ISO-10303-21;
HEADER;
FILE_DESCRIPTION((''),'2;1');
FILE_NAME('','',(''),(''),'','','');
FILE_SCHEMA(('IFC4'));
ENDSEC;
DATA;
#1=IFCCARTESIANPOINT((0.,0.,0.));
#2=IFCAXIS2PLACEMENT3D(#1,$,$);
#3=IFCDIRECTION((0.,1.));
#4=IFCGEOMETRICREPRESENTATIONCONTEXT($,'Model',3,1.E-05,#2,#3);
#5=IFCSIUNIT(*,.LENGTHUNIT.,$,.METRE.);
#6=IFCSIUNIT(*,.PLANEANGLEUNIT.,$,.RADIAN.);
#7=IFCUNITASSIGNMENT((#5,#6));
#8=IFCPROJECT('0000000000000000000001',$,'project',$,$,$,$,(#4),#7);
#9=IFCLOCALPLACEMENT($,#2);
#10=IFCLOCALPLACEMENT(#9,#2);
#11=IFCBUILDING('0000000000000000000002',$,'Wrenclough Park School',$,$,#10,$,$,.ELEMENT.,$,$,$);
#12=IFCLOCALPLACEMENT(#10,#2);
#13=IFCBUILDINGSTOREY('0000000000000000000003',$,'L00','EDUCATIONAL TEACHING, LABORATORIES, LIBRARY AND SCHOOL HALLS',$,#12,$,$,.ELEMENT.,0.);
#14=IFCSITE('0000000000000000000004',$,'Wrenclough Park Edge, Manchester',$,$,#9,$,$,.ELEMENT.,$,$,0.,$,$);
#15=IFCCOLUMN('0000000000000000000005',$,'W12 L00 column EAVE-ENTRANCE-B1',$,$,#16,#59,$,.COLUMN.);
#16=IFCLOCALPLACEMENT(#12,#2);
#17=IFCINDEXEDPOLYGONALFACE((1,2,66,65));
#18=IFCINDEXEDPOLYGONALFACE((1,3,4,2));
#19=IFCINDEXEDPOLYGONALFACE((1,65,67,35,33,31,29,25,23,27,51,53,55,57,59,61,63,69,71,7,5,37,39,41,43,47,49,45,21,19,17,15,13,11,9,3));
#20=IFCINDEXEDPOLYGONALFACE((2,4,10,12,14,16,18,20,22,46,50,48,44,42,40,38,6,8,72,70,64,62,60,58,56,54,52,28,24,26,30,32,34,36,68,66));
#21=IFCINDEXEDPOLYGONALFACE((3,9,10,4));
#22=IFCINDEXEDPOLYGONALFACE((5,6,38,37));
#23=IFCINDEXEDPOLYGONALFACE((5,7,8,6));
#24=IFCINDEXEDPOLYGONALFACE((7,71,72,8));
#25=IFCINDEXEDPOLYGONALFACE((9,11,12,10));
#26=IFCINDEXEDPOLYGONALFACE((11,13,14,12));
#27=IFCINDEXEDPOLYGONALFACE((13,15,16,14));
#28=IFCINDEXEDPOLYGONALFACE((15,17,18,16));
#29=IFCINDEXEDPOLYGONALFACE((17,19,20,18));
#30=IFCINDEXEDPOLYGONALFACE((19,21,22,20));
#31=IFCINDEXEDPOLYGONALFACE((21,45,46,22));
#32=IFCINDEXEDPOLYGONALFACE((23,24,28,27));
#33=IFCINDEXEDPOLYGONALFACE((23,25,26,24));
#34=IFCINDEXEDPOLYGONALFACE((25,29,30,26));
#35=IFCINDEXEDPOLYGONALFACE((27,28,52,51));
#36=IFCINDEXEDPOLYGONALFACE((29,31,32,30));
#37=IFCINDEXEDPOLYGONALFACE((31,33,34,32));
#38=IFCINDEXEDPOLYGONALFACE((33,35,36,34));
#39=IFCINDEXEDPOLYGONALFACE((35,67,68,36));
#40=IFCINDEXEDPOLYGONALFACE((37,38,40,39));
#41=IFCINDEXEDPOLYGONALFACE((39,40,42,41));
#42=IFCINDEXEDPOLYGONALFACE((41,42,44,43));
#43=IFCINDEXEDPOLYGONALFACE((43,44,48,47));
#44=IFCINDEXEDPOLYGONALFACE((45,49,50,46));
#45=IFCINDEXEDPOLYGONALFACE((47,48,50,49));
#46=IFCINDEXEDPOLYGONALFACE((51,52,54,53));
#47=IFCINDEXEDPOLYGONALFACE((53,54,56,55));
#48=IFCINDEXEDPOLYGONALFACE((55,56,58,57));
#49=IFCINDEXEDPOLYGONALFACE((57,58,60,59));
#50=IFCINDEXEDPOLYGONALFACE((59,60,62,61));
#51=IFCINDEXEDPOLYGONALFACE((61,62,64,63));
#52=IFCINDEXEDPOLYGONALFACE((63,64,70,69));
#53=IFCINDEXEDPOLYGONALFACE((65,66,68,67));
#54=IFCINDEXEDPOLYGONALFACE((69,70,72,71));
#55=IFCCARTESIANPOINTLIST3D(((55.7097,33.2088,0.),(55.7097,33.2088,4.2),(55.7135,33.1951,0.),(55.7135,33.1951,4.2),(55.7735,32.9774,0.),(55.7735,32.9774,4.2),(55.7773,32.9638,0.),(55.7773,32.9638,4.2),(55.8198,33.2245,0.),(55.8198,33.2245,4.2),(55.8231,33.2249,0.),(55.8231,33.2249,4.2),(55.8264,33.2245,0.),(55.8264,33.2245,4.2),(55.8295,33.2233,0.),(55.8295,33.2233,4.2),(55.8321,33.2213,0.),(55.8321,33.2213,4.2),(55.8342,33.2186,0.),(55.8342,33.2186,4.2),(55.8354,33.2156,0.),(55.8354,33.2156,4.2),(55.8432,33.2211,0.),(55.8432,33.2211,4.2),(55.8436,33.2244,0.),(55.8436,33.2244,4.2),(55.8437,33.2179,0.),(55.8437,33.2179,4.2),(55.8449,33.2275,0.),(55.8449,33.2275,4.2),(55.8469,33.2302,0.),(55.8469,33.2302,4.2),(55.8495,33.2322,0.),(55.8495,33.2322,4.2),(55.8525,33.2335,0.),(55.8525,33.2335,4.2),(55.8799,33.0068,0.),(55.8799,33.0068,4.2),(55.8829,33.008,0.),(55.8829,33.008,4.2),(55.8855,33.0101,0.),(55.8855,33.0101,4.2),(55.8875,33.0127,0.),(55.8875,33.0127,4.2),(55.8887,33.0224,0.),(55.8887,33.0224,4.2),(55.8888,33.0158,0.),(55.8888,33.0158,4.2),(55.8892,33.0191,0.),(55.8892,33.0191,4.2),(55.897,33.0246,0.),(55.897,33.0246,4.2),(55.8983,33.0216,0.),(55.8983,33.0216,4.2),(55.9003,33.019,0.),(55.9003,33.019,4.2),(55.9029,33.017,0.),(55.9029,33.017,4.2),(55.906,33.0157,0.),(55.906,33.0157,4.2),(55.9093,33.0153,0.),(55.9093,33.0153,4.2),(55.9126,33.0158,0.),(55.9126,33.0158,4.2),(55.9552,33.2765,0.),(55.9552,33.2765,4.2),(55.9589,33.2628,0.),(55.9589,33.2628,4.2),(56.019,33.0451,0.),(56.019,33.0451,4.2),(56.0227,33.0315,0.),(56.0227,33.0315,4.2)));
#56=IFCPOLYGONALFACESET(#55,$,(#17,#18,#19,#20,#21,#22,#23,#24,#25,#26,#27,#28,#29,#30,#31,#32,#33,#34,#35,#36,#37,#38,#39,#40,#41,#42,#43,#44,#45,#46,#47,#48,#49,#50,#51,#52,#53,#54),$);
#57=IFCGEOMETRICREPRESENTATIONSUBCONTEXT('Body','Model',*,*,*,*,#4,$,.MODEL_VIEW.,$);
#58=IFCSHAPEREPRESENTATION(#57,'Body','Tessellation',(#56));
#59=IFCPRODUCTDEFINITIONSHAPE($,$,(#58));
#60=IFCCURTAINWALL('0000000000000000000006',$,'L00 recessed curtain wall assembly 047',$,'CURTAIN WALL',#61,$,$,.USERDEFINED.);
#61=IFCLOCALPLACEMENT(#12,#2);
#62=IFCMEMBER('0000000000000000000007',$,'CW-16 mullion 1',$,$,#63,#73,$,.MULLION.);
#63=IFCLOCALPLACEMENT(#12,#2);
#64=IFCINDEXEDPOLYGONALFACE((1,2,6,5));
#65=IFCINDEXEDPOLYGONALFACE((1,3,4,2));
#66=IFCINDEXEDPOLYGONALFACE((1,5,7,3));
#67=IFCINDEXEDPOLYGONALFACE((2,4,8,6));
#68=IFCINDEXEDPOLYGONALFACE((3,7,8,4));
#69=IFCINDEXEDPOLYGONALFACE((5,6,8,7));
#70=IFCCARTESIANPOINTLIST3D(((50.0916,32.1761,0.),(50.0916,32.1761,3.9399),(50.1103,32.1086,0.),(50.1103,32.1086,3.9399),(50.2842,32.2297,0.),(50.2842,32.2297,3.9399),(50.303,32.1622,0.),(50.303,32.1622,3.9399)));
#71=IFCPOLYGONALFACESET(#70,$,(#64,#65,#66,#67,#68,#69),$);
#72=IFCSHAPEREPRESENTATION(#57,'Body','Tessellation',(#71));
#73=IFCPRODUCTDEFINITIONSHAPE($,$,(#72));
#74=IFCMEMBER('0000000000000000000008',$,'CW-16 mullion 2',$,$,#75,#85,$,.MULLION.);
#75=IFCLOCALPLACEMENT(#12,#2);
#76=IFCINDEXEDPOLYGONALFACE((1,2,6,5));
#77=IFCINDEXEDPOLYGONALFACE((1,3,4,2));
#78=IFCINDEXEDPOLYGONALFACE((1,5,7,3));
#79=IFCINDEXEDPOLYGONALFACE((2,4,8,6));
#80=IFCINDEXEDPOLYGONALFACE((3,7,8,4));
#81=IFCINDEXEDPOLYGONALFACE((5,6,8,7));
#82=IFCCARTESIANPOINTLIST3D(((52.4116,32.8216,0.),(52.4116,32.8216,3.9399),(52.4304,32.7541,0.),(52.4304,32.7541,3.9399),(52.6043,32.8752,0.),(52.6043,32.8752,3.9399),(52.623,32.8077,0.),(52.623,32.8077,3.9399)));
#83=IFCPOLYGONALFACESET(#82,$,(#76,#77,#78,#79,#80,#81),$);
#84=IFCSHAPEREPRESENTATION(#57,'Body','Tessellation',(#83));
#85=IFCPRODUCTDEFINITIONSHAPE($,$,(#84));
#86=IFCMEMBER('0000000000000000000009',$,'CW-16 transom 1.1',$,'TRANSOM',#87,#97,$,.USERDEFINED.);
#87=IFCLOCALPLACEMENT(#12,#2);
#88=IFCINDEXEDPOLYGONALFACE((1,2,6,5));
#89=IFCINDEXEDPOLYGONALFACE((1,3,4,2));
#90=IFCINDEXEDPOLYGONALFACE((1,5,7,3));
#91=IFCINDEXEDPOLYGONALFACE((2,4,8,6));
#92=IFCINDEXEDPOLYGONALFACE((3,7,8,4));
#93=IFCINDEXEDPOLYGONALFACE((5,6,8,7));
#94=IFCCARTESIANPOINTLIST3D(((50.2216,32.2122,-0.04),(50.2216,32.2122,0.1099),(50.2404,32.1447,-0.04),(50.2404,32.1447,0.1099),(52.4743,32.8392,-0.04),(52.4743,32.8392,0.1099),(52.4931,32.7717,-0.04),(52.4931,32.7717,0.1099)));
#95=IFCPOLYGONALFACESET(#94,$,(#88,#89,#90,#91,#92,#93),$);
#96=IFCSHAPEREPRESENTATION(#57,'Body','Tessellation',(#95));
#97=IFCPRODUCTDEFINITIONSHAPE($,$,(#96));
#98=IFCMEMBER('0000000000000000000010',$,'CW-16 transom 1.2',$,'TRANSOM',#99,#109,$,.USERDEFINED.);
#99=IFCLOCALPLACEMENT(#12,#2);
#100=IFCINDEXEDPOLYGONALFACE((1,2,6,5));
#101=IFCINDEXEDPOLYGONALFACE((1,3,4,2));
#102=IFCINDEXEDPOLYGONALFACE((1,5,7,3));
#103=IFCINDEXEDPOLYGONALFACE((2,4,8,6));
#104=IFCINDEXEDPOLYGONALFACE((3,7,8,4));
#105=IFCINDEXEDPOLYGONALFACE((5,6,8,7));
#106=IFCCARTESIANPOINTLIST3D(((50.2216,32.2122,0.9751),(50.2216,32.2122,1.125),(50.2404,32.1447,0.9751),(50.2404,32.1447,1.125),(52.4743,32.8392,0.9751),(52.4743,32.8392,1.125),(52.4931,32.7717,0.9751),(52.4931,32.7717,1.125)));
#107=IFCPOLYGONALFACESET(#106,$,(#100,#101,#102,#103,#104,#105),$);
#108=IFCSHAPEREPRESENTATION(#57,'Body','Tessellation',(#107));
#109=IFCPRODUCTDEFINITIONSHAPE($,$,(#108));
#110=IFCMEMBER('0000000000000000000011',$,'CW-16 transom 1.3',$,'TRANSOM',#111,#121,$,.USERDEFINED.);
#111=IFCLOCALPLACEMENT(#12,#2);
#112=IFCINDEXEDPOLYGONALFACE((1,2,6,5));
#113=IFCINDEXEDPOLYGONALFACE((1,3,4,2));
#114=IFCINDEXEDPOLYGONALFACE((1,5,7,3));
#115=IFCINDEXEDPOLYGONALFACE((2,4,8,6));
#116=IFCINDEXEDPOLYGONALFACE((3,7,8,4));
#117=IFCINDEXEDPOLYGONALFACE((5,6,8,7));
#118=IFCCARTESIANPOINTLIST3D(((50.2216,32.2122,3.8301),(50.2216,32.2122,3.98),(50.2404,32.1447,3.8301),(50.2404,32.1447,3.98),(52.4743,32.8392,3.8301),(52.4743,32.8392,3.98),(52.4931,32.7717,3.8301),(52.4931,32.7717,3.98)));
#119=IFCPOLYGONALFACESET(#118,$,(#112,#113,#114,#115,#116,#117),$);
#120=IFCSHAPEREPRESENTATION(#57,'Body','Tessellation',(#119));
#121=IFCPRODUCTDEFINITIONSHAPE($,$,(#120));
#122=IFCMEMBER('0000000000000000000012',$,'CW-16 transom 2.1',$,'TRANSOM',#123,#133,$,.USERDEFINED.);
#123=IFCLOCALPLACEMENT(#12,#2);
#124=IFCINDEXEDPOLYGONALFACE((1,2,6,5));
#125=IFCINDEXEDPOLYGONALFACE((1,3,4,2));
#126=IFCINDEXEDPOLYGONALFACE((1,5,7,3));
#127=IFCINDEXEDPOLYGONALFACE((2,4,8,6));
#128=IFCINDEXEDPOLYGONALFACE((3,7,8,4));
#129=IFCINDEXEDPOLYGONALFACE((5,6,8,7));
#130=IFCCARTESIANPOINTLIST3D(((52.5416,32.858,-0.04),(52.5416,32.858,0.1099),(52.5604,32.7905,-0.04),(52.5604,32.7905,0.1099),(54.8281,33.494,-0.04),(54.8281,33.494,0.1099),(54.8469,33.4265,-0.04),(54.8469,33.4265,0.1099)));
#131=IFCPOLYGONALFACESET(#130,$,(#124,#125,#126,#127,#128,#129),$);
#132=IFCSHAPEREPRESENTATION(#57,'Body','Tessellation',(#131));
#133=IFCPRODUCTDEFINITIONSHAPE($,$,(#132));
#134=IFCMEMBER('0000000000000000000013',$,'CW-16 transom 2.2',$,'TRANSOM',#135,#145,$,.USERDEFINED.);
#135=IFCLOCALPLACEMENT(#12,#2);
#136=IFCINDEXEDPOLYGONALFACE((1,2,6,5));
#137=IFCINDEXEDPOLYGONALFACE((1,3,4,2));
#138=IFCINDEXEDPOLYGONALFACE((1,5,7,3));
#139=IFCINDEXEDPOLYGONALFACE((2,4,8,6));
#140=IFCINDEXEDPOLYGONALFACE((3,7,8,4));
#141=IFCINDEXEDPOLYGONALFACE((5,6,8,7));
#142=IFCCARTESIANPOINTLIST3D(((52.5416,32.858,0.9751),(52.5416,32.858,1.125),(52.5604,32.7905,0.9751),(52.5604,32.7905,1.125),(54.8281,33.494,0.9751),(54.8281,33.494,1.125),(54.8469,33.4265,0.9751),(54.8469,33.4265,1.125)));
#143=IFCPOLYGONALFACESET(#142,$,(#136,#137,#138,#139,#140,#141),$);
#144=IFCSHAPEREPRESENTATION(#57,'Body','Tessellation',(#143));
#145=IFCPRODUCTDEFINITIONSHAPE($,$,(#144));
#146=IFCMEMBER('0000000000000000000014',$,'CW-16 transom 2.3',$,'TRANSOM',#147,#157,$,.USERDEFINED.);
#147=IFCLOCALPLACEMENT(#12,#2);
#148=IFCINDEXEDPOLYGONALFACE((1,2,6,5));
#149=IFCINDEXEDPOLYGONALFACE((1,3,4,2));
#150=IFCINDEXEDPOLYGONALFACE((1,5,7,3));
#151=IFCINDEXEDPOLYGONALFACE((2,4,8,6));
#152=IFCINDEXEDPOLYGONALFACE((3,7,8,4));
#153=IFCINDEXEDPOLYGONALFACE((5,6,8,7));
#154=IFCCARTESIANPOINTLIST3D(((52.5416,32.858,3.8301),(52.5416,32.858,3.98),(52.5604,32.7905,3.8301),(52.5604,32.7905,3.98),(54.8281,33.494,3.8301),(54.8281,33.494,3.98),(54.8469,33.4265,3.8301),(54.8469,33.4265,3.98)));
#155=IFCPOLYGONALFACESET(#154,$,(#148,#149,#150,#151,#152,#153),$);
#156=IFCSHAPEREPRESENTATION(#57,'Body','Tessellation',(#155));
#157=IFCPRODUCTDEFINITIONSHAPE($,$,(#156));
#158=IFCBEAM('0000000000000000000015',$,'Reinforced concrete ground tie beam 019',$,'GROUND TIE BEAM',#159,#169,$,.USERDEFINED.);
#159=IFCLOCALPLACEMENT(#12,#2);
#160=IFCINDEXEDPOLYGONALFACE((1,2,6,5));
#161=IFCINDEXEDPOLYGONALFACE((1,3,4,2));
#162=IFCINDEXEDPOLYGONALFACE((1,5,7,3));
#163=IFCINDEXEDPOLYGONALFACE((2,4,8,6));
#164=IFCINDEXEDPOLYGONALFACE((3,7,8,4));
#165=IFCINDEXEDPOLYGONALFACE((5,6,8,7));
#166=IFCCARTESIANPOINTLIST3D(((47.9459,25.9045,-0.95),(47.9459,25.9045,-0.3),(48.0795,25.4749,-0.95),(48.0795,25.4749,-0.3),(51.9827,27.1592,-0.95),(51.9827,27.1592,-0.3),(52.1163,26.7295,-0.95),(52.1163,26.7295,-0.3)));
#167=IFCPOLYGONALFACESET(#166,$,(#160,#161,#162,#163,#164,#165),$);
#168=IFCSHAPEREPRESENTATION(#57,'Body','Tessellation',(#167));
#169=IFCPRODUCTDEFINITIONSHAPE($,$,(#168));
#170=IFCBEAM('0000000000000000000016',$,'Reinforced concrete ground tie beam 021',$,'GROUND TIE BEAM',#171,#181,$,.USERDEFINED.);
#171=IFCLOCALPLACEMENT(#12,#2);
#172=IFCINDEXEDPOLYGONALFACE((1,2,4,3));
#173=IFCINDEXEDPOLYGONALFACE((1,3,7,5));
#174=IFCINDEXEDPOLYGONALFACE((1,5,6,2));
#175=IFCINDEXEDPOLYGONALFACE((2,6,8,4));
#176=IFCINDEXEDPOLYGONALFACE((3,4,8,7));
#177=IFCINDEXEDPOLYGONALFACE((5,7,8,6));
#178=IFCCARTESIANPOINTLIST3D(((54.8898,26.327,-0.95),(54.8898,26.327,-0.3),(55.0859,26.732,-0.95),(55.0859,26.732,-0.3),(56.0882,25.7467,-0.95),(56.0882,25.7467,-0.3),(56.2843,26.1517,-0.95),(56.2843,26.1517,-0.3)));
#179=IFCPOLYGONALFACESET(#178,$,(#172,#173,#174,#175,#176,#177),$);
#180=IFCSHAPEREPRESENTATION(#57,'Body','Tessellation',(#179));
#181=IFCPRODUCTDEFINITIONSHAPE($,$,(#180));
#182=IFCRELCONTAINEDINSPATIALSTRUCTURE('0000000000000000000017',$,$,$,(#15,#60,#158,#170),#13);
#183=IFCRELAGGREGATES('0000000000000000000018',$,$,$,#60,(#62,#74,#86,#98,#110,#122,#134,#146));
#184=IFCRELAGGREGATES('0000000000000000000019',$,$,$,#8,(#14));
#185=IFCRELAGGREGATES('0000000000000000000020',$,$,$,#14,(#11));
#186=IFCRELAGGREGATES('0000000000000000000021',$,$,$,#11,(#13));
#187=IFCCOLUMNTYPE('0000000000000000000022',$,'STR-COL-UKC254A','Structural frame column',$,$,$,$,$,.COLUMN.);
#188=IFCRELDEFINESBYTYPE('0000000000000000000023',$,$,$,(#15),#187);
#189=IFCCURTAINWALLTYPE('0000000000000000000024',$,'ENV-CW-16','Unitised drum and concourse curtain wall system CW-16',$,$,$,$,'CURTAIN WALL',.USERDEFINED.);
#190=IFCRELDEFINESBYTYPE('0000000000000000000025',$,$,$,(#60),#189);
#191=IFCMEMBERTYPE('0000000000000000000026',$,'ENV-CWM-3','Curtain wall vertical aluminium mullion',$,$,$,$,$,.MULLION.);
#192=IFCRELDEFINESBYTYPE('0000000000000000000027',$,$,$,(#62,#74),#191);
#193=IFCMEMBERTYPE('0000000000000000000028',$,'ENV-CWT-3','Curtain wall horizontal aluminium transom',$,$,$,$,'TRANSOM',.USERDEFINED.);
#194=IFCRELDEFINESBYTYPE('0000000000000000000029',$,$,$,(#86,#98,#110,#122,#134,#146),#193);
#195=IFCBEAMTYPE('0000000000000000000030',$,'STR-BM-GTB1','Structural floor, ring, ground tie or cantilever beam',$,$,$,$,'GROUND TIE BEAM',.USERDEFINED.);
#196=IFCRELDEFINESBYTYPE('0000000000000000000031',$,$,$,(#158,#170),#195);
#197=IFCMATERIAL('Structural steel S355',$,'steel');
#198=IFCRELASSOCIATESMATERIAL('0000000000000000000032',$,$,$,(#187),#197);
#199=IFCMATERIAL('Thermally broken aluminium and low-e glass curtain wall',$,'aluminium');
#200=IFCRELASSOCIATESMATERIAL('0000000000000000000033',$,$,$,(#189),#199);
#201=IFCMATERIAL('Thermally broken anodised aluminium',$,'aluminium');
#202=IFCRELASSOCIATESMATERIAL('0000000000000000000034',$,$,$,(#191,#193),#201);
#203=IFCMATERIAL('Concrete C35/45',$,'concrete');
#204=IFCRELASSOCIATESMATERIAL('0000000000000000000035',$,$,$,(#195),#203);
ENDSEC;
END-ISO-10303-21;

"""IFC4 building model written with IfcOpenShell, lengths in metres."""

from ifc_helpers import new_model, si_unit, direction, frame, origin, origin_2d, place, context, subcontext, project, spatial, rectangle, i_section, extrude, material, material_profile, profile_set, type_object, element, aggregate, save


model = new_model("IFC4")

# Units and contexts
model_context = context("Model", 3, precision=1e-05, world=origin(), true_north=direction((0.0, 1.0)))
body_context = subcontext(model_context, "Body", "Model", "MODEL_VIEW")
ifc_project = project(units=[si_unit("LENGTHUNIT", "METRE"), si_unit("PLANEANGLEUNIT", "RADIAN")], contexts=[model_context])

# Site, building, storey
site_placement = place(None, origin())
site = spatial("IfcSite", under=ifc_project, at=site_placement, Name="Wrenclough Park Edge, Manchester", CompositionType="ELEMENT", RefElevation=0.0)
building_placement = place(site_placement, origin())
building = spatial("IfcBuilding", under=site, at=building_placement, Name="Wrenclough Park School", CompositionType="ELEMENT")
storey_placement = place(building_placement, origin())
storey = spatial("IfcBuildingStorey", under=building, at=storey_placement, Name="L00", Description="EDUCATIONAL TEACHING, LABORATORIES, LIBRARY AND SCHOOL HALLS", CompositionType="ELEMENT", Elevation=0.0)

# Shared definitions
ifc_material_1 = material(Name="Concrete C35/45", Category="concrete")

# Column
ifc_material_2 = material(Name="Structural steel S355", Category="steel")
ifc_material_profile_1 = material_profile(ifc_material_2, i_section(OverallWidth=0.2546, OverallDepth=0.2542, WebThickness=0.0085, FlangeThickness=0.0142, FilletRadius=0.0127, at=origin_2d()), Name="UKC 254x254x73")
ifc_profile_set_1 = profile_set([ifc_material_profile_1], Name="Structural steel S355")
column_type_1 = type_object("IfcColumnType", Name="STR-COL-UKC254A", Description="Structural frame column", PredefinedType="COLUMN", material=ifc_profile_set_1)
column_1_placement = place(storey_placement, frame((55.8662, 33.1201, 0.0), z_axis=(0.0, 0.0, 1.0), x_axis=(0.964003, 0.265893, 0.0)))
element("IfcColumn", 1, at=column_1_placement, inside=storey, type_object=column_type_1, Name="W12 L00 column EAVE-ENTRANCE-B1", PredefinedType="COLUMN", context=body_context, shape_type="SweptSolid", body=[
    extrude(i_section(OverallWidth=0.2546, OverallDepth=0.2542, WebThickness=0.0085, FlangeThickness=0.0142, FilletRadius=0.0127, at=origin_2d()), origin(), (0.0, 0.0, 1.0), 4.2),
])

# Curtain wall, members
ifc_material_3 = material(Name="Thermally broken aluminium and low-e glass curtain wall", Category="aluminium")
curtain_wall_type = type_object("IfcCurtainWallType", Name="ENV-CW-16", Description="Unitised drum and concourse curtain wall system CW-16", ElementType="CURTAIN WALL", PredefinedType="USERDEFINED", material=ifc_material_3)
curtain_wall_placement = place(storey_placement, origin())
curtain_wall = element("IfcCurtainWall", 2, at=curtain_wall_placement, inside=storey, type_object=curtain_wall_type, Name="L00 recessed curtain wall assembly 047", ObjectType="CURTAIN WALL", PredefinedType="USERDEFINED")
ifc_material_4 = material(Name="Thermally broken anodised aluminium", Category="aluminium")
ifc_material_profile_2 = material_profile(ifc_material_4, rectangle(XDim=0.0701, YDim=0.2, at=origin_2d()), Name="AL MULLION 70x200")
ifc_profile_set_2 = profile_set([ifc_material_profile_2], Name="Thermally broken anodised aluminium")
member_type_1 = type_object("IfcMemberType", Name="ENV-CWM-3", Description="Curtain wall vertical aluminium mullion", PredefinedType="MULLION", material=ifc_profile_set_2)
member_1_placement = place(storey_placement, frame((50.1973, 32.1692, 0.0), z_axis=(0.0, 0.0, 1.0), x_axis=(-0.268072, 0.963399, 0.0)))
member_1 = element("IfcMember", 3, at=member_1_placement, type_object=member_type_1, Name="CW-16 mullion 1", PredefinedType="MULLION", context=body_context, shape_type="SweptSolid", body=[
    extrude(rectangle(XDim=0.0701, YDim=0.2, at=origin_2d()), origin(), (0.0, 0.0, 1.0), 3.9399),
])
member_2_placement = place(storey_placement, frame((52.5173, 32.8147, 0.0), z_axis=(0.0, 0.0, 1.0), x_axis=(-0.268072, 0.963399, 0.0)))
member_2 = element("IfcMember", 4, at=member_2_placement, type_object=member_type_1, Name="CW-16 mullion 2", PredefinedType="MULLION", context=body_context, shape_type="SweptSolid", body=[
    extrude(rectangle(XDim=0.0701, YDim=0.2, at=origin_2d()), origin(), (0.0, 0.0, 1.0), 3.9399),
])
ifc_material_profile_3 = material_profile(ifc_material_4, rectangle(XDim=0.0701, YDim=0.1499, at=origin_2d()), Name="AL TRANSOM 70x150")
ifc_profile_set_3 = profile_set([ifc_material_profile_3], Name="Thermally broken anodised aluminium")
member_type_2 = type_object("IfcMemberType", Name="ENV-CWT-3", Description="Curtain wall horizontal aluminium transom", ElementType="TRANSOM", PredefinedType="USERDEFINED", material=ifc_profile_set_3)
member_3_placement = place(storey_placement, frame((50.231, 32.1785, 0.0349), z_axis=(0.963385, 0.268123, 0.0), x_axis=(-0.268123, 0.963385, 0.0)))
member_3 = element("IfcMember", 5, at=member_3_placement, type_object=member_type_2, Name="CW-16 transom 1.1", ObjectType="TRANSOM", PredefinedType="USERDEFINED", context=body_context, shape_type="SweptSolid", body=[
    extrude(rectangle(XDim=0.0701, YDim=0.1499, at=origin_2d()), origin(), (0.0, 0.0, 1.0), 2.3384),
])
member_4_placement = place(storey_placement, frame((50.231, 32.1785, 1.05), z_axis=(0.963385, 0.268123, 0.0), x_axis=(-0.268123, 0.963385, 0.0)))
member_4 = element("IfcMember", 6, at=member_4_placement, type_object=member_type_2, Name="CW-16 transom 1.2", ObjectType="TRANSOM", PredefinedType="USERDEFINED", context=body_context, shape_type="SweptSolid", body=[
    extrude(rectangle(XDim=0.0701, YDim=0.1499, at=origin_2d()), origin(), (0.0, 0.0, 1.0), 2.3384),
])
member_5_placement = place(storey_placement, frame((50.231, 32.1785, 3.905), z_axis=(0.963385, 0.268123, 0.0), x_axis=(-0.268123, 0.963385, 0.0)))
member_5 = element("IfcMember", 7, at=member_5_placement, type_object=member_type_2, Name="CW-16 transom 1.3", ObjectType="TRANSOM", PredefinedType="USERDEFINED", context=body_context, shape_type="SweptSolid", body=[
    extrude(rectangle(XDim=0.0701, YDim=0.1499, at=origin_2d()), origin(), (0.0, 0.0, 1.0), 2.3384),
])
member_6_placement = place(storey_placement, frame((52.551, 32.8242, 0.0349), z_axis=(0.963422, 0.267989, 0.0), x_axis=(-0.267989, 0.963422, 0.0)))
member_6 = element("IfcMember", 8, at=member_6_placement, type_object=member_type_2, Name="CW-16 transom 2.1", ObjectType="TRANSOM", PredefinedType="USERDEFINED", context=body_context, shape_type="SweptSolid", body=[
    extrude(rectangle(XDim=0.0701, YDim=0.1499, at=origin_2d()), origin(), (0.0, 0.0, 1.0), 2.3733),
])
member_7_placement = place(storey_placement, frame((52.551, 32.8242, 1.05), z_axis=(0.963422, 0.267989, 0.0), x_axis=(-0.267989, 0.963422, 0.0)))
member_7 = element("IfcMember", 9, at=member_7_placement, type_object=member_type_2, Name="CW-16 transom 2.2", ObjectType="TRANSOM", PredefinedType="USERDEFINED", context=body_context, shape_type="SweptSolid", body=[
    extrude(rectangle(XDim=0.0701, YDim=0.1499, at=origin_2d()), origin(), (0.0, 0.0, 1.0), 2.3733),
])
member_8_placement = place(storey_placement, frame((52.551, 32.8242, 3.905), z_axis=(0.963422, 0.267989, 0.0), x_axis=(-0.267989, 0.963422, 0.0)))
member_8 = element("IfcMember", 10, at=member_8_placement, type_object=member_type_2, Name="CW-16 transom 2.3", ObjectType="TRANSOM", PredefinedType="USERDEFINED", context=body_context, shape_type="SweptSolid", body=[
    extrude(rectangle(XDim=0.0701, YDim=0.1499, at=origin_2d()), origin(), (0.0, 0.0, 1.0), 2.3733),
])

# Beams
ifc_material_profile_4 = material_profile(ifc_material_1, rectangle(XDim=0.45, YDim=0.6499, at=origin_2d()), Name="RC GROUND 450x650")
ifc_profile_set_4 = profile_set([ifc_material_profile_4], Name="Concrete C35/45")
beam_type_1 = type_object("IfcBeamType", Name="STR-BM-GTB1", Description="Structural floor, ring, ground tie or cantilever beam", ElementType="GROUND TIE BEAM", PredefinedType="USERDEFINED", material=ifc_profile_set_4)
beam_1_placement = place(storey_placement, frame((48.0127, 25.6897, -0.625), z_axis=(0.954942, 0.296792, 0.0), x_axis=(-0.296792, 0.954942, 0.0)))
element("IfcBeam", 11, at=beam_1_placement, inside=storey, type_object=beam_type_1, Name="Reinforced concrete ground tie beam 019", ObjectType="GROUND TIE BEAM", PredefinedType="USERDEFINED", context=body_context, shape_type="SweptSolid", body=[
    extrude(rectangle(XDim=0.45, YDim=0.6499, at=origin_2d()), origin(), (0.0, 0.0, 1.0), 4.2273),
])
beam_2_placement = place(storey_placement, frame((56.1863, 25.9492, -0.625), z_axis=(-0.900039, 0.43581, 0.0), x_axis=(-0.43581, -0.900039, 0.0)))
element("IfcBeam", 12, at=beam_2_placement, inside=storey, type_object=beam_type_1, Name="Reinforced concrete ground tie beam 021", ObjectType="GROUND TIE BEAM", PredefinedType="USERDEFINED", context=body_context, shape_type="SweptSolid", body=[
    extrude(rectangle(XDim=0.45, YDim=0.6499, at=origin_2d()), origin(), (0.0, 0.0, 1.0), 1.3315),
])

aggregate(curtain_wall, [member_1, member_2, member_3, member_4, member_5, member_6, member_7, member_8])

save(model, "model.ifc")
